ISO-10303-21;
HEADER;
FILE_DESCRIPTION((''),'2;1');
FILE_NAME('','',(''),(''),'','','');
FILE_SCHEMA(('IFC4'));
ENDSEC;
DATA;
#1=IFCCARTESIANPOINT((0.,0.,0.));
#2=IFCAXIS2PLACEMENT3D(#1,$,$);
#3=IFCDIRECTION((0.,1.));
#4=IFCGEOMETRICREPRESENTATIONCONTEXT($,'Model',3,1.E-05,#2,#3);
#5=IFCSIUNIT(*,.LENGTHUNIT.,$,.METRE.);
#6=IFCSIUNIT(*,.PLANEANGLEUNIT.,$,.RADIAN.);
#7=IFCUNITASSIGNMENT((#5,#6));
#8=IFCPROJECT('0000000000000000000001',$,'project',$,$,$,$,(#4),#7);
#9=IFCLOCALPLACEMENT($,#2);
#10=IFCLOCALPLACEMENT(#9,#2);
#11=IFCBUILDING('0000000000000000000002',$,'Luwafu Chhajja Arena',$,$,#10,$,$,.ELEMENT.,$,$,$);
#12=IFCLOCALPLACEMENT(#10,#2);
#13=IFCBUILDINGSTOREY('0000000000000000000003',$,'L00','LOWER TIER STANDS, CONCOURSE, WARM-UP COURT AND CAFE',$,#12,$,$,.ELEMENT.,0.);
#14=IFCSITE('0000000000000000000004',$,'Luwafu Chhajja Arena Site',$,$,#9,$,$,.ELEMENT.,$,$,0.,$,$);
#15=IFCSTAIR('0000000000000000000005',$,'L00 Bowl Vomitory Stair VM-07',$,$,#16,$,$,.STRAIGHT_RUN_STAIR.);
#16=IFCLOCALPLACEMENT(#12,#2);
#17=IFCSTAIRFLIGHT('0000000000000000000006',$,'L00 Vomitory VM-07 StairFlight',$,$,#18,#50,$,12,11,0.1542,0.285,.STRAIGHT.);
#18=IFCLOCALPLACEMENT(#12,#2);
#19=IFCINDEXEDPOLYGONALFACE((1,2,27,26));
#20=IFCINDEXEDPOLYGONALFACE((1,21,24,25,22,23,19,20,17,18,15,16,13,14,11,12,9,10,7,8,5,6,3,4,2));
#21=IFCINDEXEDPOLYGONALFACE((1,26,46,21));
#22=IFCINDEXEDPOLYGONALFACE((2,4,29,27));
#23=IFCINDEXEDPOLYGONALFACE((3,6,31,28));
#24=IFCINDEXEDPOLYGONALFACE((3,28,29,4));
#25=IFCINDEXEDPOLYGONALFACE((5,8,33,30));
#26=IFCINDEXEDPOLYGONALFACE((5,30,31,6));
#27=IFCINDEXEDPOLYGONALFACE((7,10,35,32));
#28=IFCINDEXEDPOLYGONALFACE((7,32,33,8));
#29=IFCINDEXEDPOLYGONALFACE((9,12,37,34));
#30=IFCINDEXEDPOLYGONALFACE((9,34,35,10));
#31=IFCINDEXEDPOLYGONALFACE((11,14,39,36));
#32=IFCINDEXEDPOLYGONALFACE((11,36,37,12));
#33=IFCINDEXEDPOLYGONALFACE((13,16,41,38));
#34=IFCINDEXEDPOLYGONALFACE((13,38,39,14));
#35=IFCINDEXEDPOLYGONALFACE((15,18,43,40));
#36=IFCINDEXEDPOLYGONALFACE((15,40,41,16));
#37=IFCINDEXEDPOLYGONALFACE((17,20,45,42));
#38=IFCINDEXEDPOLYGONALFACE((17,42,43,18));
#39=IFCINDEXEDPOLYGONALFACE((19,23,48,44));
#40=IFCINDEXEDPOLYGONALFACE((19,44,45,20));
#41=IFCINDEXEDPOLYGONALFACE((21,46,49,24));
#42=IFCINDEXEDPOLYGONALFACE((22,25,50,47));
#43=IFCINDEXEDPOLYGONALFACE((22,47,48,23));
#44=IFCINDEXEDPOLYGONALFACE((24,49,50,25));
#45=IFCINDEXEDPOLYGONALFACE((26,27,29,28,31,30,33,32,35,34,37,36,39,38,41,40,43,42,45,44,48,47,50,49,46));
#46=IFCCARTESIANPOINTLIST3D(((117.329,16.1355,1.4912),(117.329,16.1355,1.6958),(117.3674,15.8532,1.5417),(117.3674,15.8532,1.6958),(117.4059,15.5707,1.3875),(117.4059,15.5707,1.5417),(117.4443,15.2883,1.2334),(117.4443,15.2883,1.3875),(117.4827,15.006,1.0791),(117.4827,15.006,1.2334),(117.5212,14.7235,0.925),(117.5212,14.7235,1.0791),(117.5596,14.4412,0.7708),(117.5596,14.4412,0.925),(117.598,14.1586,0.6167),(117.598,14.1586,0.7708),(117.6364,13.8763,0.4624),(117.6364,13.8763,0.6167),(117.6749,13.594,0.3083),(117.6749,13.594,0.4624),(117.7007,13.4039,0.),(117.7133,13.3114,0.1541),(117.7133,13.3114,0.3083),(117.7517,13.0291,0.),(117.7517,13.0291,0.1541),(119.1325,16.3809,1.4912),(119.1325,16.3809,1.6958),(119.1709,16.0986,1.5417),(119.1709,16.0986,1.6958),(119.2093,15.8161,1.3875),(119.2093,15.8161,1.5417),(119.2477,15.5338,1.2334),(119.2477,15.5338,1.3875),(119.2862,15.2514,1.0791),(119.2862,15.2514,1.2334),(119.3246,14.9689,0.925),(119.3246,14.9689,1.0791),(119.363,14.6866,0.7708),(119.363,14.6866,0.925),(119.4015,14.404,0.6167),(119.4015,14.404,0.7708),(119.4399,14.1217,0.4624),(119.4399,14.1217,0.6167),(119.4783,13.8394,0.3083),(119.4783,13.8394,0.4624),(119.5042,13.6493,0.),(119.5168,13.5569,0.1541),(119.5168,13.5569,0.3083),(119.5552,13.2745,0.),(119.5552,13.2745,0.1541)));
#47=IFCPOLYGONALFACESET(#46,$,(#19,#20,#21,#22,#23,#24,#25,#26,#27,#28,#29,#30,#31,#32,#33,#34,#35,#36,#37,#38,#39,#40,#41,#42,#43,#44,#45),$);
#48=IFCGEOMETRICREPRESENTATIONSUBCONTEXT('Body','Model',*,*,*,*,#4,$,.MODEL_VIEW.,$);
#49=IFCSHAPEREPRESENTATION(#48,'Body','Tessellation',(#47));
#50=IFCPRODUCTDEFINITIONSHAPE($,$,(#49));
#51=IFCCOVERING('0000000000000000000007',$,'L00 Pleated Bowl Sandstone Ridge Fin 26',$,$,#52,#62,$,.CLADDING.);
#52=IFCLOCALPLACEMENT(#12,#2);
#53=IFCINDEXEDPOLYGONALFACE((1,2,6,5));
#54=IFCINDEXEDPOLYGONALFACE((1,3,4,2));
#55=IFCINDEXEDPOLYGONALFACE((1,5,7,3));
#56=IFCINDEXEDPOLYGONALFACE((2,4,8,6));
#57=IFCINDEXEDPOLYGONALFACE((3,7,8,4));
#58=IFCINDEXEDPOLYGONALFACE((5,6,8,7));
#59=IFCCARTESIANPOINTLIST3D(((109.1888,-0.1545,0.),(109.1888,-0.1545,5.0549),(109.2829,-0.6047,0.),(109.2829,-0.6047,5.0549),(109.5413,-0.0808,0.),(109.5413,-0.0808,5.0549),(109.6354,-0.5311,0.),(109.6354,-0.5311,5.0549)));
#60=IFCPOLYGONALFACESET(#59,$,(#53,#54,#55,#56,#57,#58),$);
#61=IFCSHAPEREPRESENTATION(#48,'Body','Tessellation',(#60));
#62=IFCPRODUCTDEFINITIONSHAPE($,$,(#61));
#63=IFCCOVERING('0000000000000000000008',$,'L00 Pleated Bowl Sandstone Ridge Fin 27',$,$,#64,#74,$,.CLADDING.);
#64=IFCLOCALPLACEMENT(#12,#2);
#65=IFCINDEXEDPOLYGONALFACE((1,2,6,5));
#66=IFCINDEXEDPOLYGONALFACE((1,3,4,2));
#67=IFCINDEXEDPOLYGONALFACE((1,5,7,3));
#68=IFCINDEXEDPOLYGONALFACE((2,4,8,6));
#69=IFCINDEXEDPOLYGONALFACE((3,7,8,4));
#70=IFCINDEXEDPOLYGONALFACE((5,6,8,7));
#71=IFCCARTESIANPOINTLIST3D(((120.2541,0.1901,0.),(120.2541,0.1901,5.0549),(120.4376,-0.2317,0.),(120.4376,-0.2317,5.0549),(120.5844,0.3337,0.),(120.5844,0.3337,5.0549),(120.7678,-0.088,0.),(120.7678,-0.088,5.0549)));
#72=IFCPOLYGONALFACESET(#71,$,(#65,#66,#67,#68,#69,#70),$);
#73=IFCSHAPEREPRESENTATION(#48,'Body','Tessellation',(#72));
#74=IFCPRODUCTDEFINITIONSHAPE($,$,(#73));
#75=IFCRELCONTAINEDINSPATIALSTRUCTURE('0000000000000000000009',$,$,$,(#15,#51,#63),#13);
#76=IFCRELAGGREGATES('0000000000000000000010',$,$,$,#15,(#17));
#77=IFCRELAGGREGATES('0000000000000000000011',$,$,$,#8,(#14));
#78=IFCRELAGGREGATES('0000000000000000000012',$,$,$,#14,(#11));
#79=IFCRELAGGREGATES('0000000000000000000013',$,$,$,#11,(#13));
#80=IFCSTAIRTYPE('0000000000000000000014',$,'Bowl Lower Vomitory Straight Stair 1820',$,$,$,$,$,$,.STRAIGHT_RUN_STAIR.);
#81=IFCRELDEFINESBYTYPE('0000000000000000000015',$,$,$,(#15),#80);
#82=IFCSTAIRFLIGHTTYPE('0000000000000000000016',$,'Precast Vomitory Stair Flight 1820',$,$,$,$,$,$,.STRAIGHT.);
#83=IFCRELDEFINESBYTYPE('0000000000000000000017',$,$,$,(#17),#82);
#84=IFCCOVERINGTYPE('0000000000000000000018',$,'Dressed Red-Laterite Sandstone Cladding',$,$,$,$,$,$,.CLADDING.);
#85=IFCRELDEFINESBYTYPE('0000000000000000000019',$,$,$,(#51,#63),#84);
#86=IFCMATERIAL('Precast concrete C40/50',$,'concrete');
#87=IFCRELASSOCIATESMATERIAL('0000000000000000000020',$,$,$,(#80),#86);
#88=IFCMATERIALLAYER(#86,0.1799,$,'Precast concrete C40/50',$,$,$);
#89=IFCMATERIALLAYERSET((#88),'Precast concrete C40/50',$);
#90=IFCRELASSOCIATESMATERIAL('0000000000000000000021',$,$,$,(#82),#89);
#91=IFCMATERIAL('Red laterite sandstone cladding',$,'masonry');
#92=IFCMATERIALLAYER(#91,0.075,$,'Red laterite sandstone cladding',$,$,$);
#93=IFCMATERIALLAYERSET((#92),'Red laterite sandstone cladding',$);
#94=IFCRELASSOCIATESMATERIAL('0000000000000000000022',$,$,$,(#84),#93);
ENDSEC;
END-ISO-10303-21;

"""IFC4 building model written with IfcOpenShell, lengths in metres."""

from ifc_helpers import new_model, si_unit, direction, frame, origin, origin_2d, place, context, subcontext, project, spatial, polyline, rectangle, outline, extrude, material, layer, layer_set, type_object, element, aggregate, save


model = new_model("IFC4")

# Units and contexts
model_context = context("Model", 3, precision=1e-05, world=origin(), true_north=direction((0.0, 1.0)))
body_context = subcontext(model_context, "Body", "Model", "MODEL_VIEW")
ifc_project = project(units=[si_unit("LENGTHUNIT", "METRE"), si_unit("PLANEANGLEUNIT", "RADIAN")], contexts=[model_context])

# Site, building, storey
site_placement = place(None, origin())
site = spatial("IfcSite", under=ifc_project, at=site_placement, Name="Luwafu Chhajja Arena Site", CompositionType="ELEMENT", RefElevation=0.0)
building_placement = place(site_placement, origin())
building = spatial("IfcBuilding", under=site, at=building_placement, Name="Luwafu Chhajja Arena", CompositionType="ELEMENT")
storey_placement = place(building_placement, origin())
storey = spatial("IfcBuildingStorey", under=building, at=storey_placement, Name="L00", Description="LOWER TIER STANDS, CONCOURSE, WARM-UP COURT AND CAFE", CompositionType="ELEMENT", Elevation=0.0)

# Shared definitions
ifc_material_1 = material(Name="Precast concrete C40/50", Category="concrete")

# Stair, stair flight
stair_type = type_object("IfcStairType", Name="Bowl Lower Vomitory Straight Stair 1820", PredefinedType="STRAIGHT_RUN_STAIR", material=ifc_material_1)
stair_placement = place(storey_placement, origin())
stair = element("IfcStair", 1, at=stair_placement, inside=storey, type_object=stair_type, Name="L00 Bowl Vomitory Stair VM-07", PredefinedType="STRAIGHT_RUN_STAIR")
ifc_layer_1 = layer(ifc_material_1, 0.1799, Name="Precast concrete C40/50")
ifc_layer_set_1 = layer_set([ifc_layer_1], Name="Precast concrete C40/50")
stair_flight_type = type_object("IfcStairFlightType", Name="Precast Vomitory Stair Flight 1820", PredefinedType="STRAIGHT", material=ifc_layer_set_1)
stair_flight_placement = place(storey_placement, frame((118.6536, 13.1519, 0.0), z_axis=(0.0, 0.0, 1.0), x_axis=(-0.134837, 0.990868, 0.0)))
stair_flight = element("IfcStairFlight", 2, at=stair_flight_placement, type_object=stair_flight_type, Name="L00 Vomitory VM-07 StairFlight", NumberOfRisers=12, NumberOfTreads=11, PredefinedType="STRAIGHT", RiserHeight=0.1542, TreadLength=0.285, context=body_context, shape_type="SweptSolid", body=[
    extrude(outline(polyline([(0.0, 0.0), (0.0, 0.1541), (0.2849, 0.1541), (0.2849, 0.3083), (0.5701, 0.3083), (0.5701, 0.4624), (0.855, 0.4624), (0.855, 0.6167), (1.1399, 0.6167), (1.1399, 0.7708), (1.425, 0.7708), (1.425, 0.925), (1.71, 0.925), (1.71, 1.0791), (1.9951, 1.0791), (1.9951, 1.2334), (2.28, 1.2334), (2.28, 1.3875), (2.5649, 1.3875), (2.5649, 1.5417), (2.8501, 1.5417), (2.8501, 1.6958), (3.135, 1.6958), (3.135, 1.8501), (3.135, 1.4912), (0.3782, 0.0), (0.0, 0.0)])), frame((0.0, 0.9102, 0.0), z_axis=(0.0, -1.0, 0.0), x_axis=(1.0, 0.0, 0.0)), (0.0, 0.0, 1.0), 1.8201),
])
aggregate(stair, [stair_flight])

# Coverings
ifc_material_2 = material(Name="Red laterite sandstone cladding", Category="masonry")
ifc_layer_2 = layer(ifc_material_2, 0.075, Name="Red laterite sandstone cladding")
ifc_layer_set_2 = layer_set([ifc_layer_2], Name="Red laterite sandstone cladding")
covering_type = type_object("IfcCoveringType", Name="Dressed Red-Laterite Sandstone Cladding", PredefinedType="CLADDING", material=ifc_layer_set_2)
for number, where, z_axis, x_axis, name in (
    (3, (109.4121, -0.3428, 0.0), (0.0, 0.0, 1.0), (0.204485, -0.97887, 0.0), "L00 Pleated Bowl Sandstone Ridge Fin 26"),
    (4, (120.511, 0.051, 0.0), (0.0, 0.0, 1.0), (0.398903, -0.916993, 0.0), "L00 Pleated Bowl Sandstone Ridge Fin 27"),
):
    element("IfcCovering", number, at=place(storey_placement, frame(where, z_axis=z_axis, x_axis=x_axis)), inside=storey, type_object=covering_type, Name=name, PredefinedType="CLADDING", context=body_context, shape_type="SweptSolid", body=[
        extrude(rectangle(XDim=0.46, YDim=0.3601, at=origin_2d()), origin(), (0.0, 0.0, 1.0), 5.0549),
    ])

save(model, "model.ifc")
